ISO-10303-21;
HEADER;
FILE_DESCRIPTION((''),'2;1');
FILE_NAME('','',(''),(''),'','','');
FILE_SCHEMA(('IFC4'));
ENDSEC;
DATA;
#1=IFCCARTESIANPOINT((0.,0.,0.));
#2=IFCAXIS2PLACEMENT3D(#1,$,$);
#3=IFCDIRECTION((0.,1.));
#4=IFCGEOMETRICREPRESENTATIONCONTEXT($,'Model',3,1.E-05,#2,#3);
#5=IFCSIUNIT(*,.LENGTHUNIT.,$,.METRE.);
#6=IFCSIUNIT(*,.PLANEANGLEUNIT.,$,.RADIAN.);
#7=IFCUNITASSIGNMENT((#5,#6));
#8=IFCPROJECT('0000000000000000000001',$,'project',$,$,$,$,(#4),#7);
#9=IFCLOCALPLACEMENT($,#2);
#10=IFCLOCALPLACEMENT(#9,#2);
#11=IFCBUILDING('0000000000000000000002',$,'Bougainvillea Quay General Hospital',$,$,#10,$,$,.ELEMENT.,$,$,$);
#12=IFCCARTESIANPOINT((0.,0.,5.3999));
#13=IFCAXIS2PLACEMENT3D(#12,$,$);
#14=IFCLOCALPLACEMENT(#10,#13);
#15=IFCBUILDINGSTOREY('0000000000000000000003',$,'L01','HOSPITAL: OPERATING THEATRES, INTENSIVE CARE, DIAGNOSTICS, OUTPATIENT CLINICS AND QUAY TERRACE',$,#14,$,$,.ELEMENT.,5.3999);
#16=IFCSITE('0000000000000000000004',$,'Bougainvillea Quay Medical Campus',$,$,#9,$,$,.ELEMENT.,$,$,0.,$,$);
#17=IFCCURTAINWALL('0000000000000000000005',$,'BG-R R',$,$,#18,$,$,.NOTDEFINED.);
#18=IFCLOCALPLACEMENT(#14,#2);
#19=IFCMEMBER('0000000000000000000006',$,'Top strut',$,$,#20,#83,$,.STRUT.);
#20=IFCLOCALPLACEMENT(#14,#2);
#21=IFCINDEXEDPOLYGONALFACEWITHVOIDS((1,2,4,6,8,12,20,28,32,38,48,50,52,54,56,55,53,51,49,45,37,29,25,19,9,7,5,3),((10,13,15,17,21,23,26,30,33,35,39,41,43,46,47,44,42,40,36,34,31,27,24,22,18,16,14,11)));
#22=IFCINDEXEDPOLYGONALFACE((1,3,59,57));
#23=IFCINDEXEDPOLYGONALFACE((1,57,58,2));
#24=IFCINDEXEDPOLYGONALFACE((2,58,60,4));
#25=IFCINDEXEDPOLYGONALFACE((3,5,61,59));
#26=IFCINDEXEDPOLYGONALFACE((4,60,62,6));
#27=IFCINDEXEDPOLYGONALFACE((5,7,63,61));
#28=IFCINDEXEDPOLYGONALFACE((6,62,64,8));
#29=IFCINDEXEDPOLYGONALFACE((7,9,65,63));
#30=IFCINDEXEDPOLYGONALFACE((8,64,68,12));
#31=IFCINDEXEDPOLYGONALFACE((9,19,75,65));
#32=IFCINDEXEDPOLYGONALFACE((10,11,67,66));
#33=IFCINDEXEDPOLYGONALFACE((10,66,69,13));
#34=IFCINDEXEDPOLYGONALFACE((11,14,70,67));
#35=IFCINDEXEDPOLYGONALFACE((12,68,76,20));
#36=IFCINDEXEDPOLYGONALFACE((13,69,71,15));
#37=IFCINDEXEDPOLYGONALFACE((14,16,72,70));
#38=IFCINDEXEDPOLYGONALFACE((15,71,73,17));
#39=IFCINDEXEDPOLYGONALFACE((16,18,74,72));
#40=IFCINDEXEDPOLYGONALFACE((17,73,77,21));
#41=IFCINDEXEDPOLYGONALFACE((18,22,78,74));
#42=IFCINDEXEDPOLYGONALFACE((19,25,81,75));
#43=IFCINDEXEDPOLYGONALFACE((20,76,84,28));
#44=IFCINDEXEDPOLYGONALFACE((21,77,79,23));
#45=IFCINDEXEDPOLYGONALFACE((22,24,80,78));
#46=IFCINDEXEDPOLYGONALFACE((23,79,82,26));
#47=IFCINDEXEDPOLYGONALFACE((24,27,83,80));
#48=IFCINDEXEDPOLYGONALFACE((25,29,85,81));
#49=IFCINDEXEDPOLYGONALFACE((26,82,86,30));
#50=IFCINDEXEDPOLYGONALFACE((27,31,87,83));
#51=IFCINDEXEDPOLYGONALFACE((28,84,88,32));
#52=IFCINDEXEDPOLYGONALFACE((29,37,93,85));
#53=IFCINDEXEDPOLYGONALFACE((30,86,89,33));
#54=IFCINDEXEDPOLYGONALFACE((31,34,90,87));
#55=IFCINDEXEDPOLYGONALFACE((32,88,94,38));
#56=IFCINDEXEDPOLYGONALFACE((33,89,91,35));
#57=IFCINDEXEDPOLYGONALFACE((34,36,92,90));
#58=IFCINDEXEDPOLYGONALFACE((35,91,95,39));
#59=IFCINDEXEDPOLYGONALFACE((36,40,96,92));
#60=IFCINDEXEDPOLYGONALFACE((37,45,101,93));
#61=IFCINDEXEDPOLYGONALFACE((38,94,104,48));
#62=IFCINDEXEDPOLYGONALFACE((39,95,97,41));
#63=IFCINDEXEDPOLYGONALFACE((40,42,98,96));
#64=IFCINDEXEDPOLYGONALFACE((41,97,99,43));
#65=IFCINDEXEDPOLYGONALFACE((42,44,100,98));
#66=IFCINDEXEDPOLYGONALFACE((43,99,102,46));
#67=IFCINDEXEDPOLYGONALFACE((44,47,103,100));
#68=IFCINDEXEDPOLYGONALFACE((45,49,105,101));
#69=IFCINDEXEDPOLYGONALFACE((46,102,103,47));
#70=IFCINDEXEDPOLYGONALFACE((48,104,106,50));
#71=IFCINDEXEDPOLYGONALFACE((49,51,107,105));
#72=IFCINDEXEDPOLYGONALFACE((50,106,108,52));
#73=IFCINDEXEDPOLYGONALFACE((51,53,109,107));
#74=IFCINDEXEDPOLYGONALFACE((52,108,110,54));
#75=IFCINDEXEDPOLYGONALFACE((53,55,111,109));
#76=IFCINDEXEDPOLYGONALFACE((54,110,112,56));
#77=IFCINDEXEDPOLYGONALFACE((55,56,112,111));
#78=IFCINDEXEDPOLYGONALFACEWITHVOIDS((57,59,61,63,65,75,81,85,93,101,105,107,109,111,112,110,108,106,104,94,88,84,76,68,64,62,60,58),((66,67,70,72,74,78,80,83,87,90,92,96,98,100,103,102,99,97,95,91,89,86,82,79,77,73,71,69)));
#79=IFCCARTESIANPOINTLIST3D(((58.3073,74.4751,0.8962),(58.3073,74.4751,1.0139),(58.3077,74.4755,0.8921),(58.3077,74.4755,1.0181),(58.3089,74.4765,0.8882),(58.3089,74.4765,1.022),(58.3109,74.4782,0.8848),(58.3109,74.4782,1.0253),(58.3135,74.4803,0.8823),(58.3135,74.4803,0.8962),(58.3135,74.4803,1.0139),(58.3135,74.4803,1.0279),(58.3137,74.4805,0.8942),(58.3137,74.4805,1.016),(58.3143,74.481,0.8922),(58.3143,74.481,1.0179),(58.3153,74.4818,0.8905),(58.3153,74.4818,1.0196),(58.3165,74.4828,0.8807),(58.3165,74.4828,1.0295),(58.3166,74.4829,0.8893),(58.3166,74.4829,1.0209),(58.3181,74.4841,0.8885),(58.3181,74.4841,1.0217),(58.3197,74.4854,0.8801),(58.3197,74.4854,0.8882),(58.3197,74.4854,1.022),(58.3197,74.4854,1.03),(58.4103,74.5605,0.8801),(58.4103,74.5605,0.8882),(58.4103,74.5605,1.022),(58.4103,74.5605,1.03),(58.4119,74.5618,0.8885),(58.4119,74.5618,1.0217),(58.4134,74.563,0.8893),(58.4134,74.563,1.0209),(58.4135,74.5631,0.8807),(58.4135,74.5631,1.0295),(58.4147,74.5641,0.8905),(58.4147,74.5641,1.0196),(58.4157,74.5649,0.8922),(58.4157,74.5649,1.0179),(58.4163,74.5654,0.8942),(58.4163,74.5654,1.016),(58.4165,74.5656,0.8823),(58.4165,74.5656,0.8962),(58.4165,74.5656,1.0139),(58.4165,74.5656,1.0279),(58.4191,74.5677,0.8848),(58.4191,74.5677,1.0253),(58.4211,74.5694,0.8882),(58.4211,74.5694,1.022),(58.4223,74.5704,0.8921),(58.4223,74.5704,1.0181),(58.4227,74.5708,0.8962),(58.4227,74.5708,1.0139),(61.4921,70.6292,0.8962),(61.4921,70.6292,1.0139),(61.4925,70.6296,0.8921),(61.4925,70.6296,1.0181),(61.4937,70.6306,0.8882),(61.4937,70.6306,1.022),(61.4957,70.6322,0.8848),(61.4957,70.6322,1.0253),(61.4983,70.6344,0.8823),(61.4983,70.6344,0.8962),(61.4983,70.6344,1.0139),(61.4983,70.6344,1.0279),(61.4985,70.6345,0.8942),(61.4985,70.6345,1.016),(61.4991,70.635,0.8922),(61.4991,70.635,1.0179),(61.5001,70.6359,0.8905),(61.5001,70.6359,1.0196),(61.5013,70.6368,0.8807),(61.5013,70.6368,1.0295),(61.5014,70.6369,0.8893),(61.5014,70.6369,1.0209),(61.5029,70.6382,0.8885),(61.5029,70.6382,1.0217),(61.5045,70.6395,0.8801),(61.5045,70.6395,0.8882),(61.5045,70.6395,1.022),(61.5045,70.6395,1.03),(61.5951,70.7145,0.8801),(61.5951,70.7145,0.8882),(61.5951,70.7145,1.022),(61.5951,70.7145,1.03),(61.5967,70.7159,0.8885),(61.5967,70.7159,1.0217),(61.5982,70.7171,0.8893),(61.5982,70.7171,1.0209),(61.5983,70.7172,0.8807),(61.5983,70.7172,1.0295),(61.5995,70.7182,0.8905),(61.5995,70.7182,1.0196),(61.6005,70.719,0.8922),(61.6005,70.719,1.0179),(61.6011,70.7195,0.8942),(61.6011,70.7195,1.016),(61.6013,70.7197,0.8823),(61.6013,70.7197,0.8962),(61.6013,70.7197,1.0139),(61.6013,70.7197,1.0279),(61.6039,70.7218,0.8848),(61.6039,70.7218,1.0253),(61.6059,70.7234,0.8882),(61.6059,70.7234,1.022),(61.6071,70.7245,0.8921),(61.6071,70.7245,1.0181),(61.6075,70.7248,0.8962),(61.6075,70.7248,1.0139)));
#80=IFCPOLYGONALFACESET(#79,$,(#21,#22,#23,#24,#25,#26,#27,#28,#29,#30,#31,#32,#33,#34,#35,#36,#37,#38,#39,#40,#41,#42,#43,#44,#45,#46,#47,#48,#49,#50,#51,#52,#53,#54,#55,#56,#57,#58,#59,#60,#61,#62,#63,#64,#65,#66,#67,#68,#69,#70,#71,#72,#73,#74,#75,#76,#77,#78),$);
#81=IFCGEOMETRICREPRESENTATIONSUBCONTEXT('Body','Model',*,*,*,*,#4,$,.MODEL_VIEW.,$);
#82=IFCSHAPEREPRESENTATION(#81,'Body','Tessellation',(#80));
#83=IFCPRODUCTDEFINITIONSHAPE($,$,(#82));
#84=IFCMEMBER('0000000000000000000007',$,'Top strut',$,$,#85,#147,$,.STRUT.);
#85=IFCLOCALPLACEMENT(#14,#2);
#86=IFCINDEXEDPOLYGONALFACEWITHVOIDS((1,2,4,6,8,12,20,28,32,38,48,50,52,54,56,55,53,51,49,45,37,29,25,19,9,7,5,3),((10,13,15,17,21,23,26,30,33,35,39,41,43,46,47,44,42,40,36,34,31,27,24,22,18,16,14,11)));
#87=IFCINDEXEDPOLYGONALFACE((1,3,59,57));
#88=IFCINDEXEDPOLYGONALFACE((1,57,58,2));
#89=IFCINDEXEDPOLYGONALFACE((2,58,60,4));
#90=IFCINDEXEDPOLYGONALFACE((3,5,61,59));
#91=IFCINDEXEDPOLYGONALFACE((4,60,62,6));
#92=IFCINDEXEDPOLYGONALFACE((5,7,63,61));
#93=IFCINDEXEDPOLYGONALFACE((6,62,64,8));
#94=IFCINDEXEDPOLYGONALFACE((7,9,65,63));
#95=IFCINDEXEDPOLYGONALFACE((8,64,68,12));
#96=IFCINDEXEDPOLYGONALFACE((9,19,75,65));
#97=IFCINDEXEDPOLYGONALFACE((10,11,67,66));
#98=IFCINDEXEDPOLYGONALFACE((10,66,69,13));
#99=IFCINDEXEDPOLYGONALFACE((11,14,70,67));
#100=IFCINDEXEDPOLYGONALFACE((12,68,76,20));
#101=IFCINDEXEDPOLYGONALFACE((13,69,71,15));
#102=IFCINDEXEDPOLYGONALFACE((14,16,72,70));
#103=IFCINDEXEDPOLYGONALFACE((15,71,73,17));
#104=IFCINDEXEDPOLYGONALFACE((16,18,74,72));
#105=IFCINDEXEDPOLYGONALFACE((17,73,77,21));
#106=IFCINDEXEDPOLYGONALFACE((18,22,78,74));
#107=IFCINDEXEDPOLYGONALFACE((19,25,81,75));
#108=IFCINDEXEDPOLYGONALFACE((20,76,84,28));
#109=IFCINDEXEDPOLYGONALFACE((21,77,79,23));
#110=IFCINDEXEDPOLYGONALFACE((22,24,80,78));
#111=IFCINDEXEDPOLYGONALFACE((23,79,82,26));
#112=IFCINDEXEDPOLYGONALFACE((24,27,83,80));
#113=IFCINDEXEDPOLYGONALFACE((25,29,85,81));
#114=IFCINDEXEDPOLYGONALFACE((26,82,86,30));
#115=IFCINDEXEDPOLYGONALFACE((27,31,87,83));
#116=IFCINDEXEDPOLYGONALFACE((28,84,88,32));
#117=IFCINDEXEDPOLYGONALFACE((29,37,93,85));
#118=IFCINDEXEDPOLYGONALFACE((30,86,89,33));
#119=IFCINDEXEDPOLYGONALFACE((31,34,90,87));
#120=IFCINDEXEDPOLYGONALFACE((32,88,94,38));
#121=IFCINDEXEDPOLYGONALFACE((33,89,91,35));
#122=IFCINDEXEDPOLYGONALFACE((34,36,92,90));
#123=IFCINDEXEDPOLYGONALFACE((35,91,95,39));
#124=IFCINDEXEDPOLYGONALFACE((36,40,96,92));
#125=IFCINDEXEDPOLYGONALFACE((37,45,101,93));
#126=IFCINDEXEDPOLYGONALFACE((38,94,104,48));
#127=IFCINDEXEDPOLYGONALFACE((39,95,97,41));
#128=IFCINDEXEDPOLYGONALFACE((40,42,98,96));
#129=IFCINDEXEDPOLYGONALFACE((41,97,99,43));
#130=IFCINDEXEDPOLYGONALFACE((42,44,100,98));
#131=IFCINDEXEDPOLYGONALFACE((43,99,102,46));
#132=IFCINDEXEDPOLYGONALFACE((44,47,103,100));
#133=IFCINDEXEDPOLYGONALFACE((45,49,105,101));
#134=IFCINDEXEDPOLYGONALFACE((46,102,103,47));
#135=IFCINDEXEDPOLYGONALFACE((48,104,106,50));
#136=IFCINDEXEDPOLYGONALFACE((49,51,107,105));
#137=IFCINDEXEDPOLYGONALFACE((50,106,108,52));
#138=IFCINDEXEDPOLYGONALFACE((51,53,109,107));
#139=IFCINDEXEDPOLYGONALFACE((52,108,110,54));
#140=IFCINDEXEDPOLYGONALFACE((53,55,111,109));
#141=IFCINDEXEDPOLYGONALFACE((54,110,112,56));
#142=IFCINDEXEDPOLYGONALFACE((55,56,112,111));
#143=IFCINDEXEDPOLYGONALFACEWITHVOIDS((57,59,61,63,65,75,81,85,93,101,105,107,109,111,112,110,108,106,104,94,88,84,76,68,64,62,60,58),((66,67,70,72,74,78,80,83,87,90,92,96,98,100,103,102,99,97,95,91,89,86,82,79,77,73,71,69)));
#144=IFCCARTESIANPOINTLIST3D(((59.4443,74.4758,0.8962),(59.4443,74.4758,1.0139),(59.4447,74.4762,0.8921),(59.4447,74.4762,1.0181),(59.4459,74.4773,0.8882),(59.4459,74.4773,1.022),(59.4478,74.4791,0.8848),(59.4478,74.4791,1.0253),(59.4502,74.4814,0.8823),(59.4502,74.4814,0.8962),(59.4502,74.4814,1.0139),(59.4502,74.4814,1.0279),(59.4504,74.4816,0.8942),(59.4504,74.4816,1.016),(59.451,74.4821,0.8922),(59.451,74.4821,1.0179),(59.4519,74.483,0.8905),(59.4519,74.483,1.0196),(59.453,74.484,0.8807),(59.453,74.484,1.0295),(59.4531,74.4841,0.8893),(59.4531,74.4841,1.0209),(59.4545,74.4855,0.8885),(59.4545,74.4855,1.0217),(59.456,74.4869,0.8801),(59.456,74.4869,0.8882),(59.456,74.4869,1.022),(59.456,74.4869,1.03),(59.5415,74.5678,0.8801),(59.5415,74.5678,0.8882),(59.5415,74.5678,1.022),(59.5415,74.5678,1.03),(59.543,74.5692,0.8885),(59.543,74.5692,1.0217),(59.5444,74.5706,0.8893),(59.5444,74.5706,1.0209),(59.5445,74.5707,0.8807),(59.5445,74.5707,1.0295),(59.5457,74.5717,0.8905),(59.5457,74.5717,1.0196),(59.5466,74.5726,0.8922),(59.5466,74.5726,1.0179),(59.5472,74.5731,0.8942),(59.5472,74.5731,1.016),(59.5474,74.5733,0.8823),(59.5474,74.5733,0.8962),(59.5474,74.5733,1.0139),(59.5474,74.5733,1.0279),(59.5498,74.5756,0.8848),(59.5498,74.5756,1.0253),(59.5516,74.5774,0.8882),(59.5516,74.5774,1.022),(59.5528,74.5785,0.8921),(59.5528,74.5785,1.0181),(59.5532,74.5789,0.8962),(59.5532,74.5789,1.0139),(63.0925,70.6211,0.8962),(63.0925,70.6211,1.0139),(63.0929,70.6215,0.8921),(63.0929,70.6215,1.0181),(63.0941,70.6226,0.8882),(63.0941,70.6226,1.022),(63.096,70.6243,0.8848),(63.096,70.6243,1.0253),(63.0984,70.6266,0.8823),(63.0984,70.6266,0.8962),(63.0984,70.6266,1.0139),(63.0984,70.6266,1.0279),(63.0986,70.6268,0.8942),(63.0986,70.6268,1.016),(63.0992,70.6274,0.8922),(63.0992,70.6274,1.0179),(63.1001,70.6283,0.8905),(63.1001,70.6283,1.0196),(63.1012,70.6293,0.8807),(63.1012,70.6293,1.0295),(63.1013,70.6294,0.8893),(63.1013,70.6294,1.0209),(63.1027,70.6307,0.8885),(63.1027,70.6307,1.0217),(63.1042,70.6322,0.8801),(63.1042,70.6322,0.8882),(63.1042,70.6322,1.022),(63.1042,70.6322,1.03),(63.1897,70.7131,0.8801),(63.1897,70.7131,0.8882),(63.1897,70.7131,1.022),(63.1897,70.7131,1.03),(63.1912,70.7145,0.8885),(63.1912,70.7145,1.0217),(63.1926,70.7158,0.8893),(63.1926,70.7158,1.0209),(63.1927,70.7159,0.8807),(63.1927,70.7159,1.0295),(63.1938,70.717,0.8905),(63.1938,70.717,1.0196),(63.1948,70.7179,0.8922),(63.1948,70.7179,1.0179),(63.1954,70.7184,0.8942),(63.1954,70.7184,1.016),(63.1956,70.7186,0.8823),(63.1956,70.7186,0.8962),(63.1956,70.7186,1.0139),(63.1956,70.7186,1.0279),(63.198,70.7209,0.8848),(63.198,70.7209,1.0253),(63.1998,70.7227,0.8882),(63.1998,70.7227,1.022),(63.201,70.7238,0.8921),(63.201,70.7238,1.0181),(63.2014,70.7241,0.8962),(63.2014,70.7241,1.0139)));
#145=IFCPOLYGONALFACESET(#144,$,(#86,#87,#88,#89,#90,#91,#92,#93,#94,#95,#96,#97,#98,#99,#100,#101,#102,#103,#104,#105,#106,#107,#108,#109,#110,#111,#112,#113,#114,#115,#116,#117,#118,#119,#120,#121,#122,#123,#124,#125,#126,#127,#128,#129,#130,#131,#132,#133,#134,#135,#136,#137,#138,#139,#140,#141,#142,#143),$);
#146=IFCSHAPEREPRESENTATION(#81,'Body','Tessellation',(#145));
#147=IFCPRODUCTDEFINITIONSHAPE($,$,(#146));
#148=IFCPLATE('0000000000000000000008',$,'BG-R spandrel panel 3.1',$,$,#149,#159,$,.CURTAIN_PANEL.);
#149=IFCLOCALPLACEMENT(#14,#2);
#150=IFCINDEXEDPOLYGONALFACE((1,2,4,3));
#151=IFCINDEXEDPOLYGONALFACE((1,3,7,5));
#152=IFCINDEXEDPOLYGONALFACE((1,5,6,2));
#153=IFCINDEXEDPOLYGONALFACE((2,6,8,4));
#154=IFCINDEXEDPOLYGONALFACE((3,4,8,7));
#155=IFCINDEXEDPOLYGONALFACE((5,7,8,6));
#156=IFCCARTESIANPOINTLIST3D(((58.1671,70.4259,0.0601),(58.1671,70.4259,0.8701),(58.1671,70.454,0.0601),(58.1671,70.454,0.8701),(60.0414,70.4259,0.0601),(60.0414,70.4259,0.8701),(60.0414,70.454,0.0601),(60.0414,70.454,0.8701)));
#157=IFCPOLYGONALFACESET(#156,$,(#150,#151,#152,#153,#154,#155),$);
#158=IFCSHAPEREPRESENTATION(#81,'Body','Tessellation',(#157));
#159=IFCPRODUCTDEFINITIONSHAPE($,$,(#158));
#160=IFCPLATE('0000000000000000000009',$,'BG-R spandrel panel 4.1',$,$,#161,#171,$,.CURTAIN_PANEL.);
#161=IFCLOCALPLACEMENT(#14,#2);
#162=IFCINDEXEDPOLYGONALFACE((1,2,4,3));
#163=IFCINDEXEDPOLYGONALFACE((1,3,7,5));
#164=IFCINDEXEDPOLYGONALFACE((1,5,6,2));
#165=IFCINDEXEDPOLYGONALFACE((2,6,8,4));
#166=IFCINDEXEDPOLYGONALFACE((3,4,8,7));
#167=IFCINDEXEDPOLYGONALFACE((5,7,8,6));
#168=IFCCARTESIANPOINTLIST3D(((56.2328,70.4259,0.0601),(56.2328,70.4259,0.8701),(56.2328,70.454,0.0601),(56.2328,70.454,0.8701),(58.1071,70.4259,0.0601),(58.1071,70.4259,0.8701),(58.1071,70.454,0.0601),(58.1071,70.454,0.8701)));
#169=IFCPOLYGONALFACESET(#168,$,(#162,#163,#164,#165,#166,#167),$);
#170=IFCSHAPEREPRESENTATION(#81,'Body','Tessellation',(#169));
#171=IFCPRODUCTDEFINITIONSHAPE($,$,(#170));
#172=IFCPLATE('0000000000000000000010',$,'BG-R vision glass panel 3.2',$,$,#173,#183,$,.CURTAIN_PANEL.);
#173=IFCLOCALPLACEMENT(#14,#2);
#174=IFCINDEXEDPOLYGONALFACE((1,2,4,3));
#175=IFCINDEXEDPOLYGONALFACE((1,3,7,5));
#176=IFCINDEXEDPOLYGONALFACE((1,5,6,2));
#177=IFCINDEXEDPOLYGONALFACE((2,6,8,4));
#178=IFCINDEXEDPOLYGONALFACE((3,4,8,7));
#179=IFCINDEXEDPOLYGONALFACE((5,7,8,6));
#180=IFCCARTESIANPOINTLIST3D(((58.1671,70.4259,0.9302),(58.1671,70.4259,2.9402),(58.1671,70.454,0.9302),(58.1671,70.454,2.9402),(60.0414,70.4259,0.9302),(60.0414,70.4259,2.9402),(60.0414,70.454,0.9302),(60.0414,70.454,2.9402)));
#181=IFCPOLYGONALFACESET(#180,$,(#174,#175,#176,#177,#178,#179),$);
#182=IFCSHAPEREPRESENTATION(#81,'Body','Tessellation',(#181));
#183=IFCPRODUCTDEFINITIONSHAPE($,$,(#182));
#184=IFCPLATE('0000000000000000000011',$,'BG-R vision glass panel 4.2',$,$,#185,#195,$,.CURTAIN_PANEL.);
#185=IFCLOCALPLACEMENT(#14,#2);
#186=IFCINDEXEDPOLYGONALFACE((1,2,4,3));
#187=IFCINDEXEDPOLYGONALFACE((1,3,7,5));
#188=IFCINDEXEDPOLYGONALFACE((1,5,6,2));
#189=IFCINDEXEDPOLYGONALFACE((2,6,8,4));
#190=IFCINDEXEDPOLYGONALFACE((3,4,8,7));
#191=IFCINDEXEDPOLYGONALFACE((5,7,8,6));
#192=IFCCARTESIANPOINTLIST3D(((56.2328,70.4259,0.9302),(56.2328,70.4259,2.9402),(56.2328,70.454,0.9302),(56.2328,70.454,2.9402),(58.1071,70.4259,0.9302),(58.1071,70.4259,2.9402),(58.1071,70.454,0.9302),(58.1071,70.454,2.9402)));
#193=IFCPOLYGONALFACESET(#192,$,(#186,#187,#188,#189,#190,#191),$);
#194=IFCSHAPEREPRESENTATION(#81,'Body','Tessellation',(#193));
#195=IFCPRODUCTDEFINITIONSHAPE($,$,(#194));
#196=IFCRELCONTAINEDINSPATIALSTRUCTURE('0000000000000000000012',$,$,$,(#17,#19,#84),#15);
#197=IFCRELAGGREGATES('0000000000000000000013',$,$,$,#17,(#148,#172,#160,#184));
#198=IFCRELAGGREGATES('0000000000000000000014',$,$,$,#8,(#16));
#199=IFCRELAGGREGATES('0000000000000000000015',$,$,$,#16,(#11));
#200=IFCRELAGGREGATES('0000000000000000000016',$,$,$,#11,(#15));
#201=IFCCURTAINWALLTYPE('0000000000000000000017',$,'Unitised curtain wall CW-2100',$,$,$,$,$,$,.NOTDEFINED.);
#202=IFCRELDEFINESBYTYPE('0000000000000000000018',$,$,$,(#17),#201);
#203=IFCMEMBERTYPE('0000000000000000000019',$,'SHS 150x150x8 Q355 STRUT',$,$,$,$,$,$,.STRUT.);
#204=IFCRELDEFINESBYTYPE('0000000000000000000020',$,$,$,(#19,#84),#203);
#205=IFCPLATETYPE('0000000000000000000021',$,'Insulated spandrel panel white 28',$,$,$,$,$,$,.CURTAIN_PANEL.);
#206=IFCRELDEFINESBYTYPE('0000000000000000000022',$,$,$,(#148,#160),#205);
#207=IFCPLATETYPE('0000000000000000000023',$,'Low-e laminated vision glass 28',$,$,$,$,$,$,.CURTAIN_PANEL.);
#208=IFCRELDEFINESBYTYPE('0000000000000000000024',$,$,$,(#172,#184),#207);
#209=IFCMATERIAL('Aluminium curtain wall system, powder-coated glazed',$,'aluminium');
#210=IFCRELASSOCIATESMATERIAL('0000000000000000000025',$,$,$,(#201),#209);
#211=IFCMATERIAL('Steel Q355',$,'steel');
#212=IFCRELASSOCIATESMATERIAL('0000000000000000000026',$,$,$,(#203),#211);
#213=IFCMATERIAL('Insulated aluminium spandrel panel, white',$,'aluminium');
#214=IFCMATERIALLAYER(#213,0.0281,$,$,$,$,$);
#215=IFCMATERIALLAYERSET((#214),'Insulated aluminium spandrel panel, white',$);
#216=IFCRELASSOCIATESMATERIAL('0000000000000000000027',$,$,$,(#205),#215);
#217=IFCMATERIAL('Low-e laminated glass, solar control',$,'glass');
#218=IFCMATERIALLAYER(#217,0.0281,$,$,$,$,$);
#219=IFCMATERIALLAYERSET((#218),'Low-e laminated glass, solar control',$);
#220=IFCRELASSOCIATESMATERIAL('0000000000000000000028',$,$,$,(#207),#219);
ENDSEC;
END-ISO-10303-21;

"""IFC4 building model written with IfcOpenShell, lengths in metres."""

from ifc_helpers import new_model, si_unit, direction, frame, origin, origin_2d, place, context, subcontext, project, spatial, rectangle, hollow_rectangle, extrude, material, layer, layer_set, material_profile, profile_set, type_object, element, aggregate, save


model = new_model("IFC4")

# Units and contexts
model_context = context("Model", 3, precision=1e-05, world=origin(), true_north=direction((0.0, 1.0)))
body_context = subcontext(model_context, "Body", "Model", "MODEL_VIEW")
ifc_project = project(units=[si_unit("LENGTHUNIT", "METRE"), si_unit("PLANEANGLEUNIT", "RADIAN")], contexts=[model_context])

# Site, building, storey
site_placement = place(None, origin())
site = spatial("IfcSite", under=ifc_project, at=site_placement, Name="Bougainvillea Quay Medical Campus", CompositionType="ELEMENT", RefElevation=0.0)
building_placement = place(site_placement, origin())
building = spatial("IfcBuilding", under=site, at=building_placement, Name="Bougainvillea Quay General Hospital", CompositionType="ELEMENT")
storey_placement = place(building_placement, frame((0.0, 0.0, 5.3999)))
storey = spatial("IfcBuildingStorey", under=building, at=storey_placement, Name="L01", Description="HOSPITAL: OPERATING THEATRES, INTENSIVE CARE, DIAGNOSTICS, OUTPATIENT CLINICS AND QUAY TERRACE", CompositionType="ELEMENT", Elevation=5.3999)

# Curtain wall
ifc_material_1 = material(Name="Aluminium curtain wall system, powder-coated glazed", Category="aluminium")
curtain_wall_type = type_object("IfcCurtainWallType", Name="Unitised curtain wall CW-2100", PredefinedType="NOTDEFINED", material=ifc_material_1)
curtain_wall_placement = place(storey_placement, origin())
curtain_wall = element("IfcCurtainWall", 1, at=curtain_wall_placement, inside=storey, type_object=curtain_wall_type, Name="BG-R R", PredefinedType="NOTDEFINED")

# Members
ifc_material_2 = material(Name="Steel Q355", Category="steel")
ifc_material_profile_1 = material_profile(ifc_material_2, hollow_rectangle(XDim=0.1499, YDim=0.1499, WallThickness=0.0081, InnerFilletRadius=0.0081, OuterFilletRadius=0.0161, at=origin_2d()))
ifc_profile_set_1 = profile_set([ifc_material_profile_1], Name="Steel Q355")
member_type_1 = type_object("IfcMemberType", Name="SHS 150x150x8 Q355 STRUT", PredefinedType="STRUT", material=ifc_profile_set_1)
member_1_placement = place(storey_placement, frame((58.365, 74.5229, 0.9551), z_axis=(0.637801, -0.770201, 0.0), x_axis=(0.770201, 0.637801, 0.0)))
element("IfcMember", 2, at=member_1_placement, inside=storey, type_object=member_type_1, Name="Top strut", PredefinedType="STRUT", context=body_context, shape_type="SweptSolid", body=[
    extrude(hollow_rectangle(XDim=0.1499, YDim=0.1499, WallThickness=0.0081, InnerFilletRadius=0.0081, OuterFilletRadius=0.0161, at=origin_2d()), origin(), (0.0, 0.0, 1.0), 4.9934),
])
member_2_placement = place(storey_placement, frame((59.4988, 74.5273, 0.9551), z_axis=(0.687381, -0.726297, 0.0), x_axis=(0.726297, 0.687381, 0.0)))
element("IfcMember", 3, at=member_2_placement, inside=storey, type_object=member_type_1, Name="Top strut", PredefinedType="STRUT", context=body_context, shape_type="SweptSolid", body=[
    extrude(hollow_rectangle(XDim=0.1499, YDim=0.1499, WallThickness=0.0081, InnerFilletRadius=0.0081, OuterFilletRadius=0.0161, at=origin_2d()), origin(), (0.0, 0.0, 1.0), 5.3074),
])

# Plates
ifc_material_3 = material(Name="Insulated aluminium spandrel panel, white", Category="aluminium")
ifc_layer_1 = layer(ifc_material_3, 0.0281)
ifc_layer_set_1 = layer_set([ifc_layer_1], Name="Insulated aluminium spandrel panel, white")
plate_type_1 = type_object("IfcPlateType", Name="Insulated spandrel panel white 28", PredefinedType="CURTAIN_PANEL", material=ifc_layer_set_1)
plate_1_placement = place(storey_placement, frame((59.1042, 70.4399, 0.0601), z_axis=(0.0, 0.0, 1.0), x_axis=(-1.0, 0.0, 0.0)))
plate_1 = element("IfcPlate", 4, at=plate_1_placement, type_object=plate_type_1, Name="BG-R spandrel panel 3.1", PredefinedType="CURTAIN_PANEL", context=body_context, shape_type="SweptSolid", body=[
    extrude(rectangle(XDim=1.8743, YDim=0.0281, at=origin_2d()), origin(), (0.0, 0.0, 1.0), 0.8101),
])
plate_2_placement = place(storey_placement, frame((57.1699, 70.4399, 0.0601), z_axis=(0.0, 0.0, 1.0), x_axis=(-1.0, 0.0, 0.0)))
plate_2 = element("IfcPlate", 5, at=plate_2_placement, type_object=plate_type_1, Name="BG-R spandrel panel 4.1", PredefinedType="CURTAIN_PANEL", context=body_context, shape_type="SweptSolid", body=[
    extrude(rectangle(XDim=1.8743, YDim=0.0281, at=origin_2d()), origin(), (0.0, 0.0, 1.0), 0.8101),
])
ifc_material_4 = material(Name="Low-e laminated glass, solar control", Category="glass")
ifc_layer_2 = layer(ifc_material_4, 0.0281)
ifc_layer_set_2 = layer_set([ifc_layer_2], Name="Low-e laminated glass, solar control")
plate_type_2 = type_object("IfcPlateType", Name="Low-e laminated vision glass 28", PredefinedType="CURTAIN_PANEL", material=ifc_layer_set_2)
plate_3_placement = place(storey_placement, frame((59.1042, 70.4399, 0.9302), z_axis=(0.0, 0.0, 1.0), x_axis=(-1.0, 0.0, 0.0)))
plate_3 = element("IfcPlate", 6, at=plate_3_placement, type_object=plate_type_2, Name="BG-R vision glass panel 3.2", PredefinedType="CURTAIN_PANEL", context=body_context, shape_type="SweptSolid", body=[
    extrude(rectangle(XDim=1.8743, YDim=0.0281, at=origin_2d()), origin(), (0.0, 0.0, 1.0), 2.01),
])
plate_4_placement = place(storey_placement, frame((57.1699, 70.4399, 0.9302), z_axis=(0.0, 0.0, 1.0), x_axis=(-1.0, 0.0, 0.0)))
plate_4 = element("IfcPlate", 7, at=plate_4_placement, type_object=plate_type_2, Name="BG-R vision glass panel 4.2", PredefinedType="CURTAIN_PANEL", context=body_context, shape_type="SweptSolid", body=[
    extrude(rectangle(XDim=1.8743, YDim=0.0281, at=origin_2d()), origin(), (0.0, 0.0, 1.0), 2.01),
])
aggregate(curtain_wall, [plate_1, plate_3, plate_2, plate_4])

save(model, "model.ifc")
